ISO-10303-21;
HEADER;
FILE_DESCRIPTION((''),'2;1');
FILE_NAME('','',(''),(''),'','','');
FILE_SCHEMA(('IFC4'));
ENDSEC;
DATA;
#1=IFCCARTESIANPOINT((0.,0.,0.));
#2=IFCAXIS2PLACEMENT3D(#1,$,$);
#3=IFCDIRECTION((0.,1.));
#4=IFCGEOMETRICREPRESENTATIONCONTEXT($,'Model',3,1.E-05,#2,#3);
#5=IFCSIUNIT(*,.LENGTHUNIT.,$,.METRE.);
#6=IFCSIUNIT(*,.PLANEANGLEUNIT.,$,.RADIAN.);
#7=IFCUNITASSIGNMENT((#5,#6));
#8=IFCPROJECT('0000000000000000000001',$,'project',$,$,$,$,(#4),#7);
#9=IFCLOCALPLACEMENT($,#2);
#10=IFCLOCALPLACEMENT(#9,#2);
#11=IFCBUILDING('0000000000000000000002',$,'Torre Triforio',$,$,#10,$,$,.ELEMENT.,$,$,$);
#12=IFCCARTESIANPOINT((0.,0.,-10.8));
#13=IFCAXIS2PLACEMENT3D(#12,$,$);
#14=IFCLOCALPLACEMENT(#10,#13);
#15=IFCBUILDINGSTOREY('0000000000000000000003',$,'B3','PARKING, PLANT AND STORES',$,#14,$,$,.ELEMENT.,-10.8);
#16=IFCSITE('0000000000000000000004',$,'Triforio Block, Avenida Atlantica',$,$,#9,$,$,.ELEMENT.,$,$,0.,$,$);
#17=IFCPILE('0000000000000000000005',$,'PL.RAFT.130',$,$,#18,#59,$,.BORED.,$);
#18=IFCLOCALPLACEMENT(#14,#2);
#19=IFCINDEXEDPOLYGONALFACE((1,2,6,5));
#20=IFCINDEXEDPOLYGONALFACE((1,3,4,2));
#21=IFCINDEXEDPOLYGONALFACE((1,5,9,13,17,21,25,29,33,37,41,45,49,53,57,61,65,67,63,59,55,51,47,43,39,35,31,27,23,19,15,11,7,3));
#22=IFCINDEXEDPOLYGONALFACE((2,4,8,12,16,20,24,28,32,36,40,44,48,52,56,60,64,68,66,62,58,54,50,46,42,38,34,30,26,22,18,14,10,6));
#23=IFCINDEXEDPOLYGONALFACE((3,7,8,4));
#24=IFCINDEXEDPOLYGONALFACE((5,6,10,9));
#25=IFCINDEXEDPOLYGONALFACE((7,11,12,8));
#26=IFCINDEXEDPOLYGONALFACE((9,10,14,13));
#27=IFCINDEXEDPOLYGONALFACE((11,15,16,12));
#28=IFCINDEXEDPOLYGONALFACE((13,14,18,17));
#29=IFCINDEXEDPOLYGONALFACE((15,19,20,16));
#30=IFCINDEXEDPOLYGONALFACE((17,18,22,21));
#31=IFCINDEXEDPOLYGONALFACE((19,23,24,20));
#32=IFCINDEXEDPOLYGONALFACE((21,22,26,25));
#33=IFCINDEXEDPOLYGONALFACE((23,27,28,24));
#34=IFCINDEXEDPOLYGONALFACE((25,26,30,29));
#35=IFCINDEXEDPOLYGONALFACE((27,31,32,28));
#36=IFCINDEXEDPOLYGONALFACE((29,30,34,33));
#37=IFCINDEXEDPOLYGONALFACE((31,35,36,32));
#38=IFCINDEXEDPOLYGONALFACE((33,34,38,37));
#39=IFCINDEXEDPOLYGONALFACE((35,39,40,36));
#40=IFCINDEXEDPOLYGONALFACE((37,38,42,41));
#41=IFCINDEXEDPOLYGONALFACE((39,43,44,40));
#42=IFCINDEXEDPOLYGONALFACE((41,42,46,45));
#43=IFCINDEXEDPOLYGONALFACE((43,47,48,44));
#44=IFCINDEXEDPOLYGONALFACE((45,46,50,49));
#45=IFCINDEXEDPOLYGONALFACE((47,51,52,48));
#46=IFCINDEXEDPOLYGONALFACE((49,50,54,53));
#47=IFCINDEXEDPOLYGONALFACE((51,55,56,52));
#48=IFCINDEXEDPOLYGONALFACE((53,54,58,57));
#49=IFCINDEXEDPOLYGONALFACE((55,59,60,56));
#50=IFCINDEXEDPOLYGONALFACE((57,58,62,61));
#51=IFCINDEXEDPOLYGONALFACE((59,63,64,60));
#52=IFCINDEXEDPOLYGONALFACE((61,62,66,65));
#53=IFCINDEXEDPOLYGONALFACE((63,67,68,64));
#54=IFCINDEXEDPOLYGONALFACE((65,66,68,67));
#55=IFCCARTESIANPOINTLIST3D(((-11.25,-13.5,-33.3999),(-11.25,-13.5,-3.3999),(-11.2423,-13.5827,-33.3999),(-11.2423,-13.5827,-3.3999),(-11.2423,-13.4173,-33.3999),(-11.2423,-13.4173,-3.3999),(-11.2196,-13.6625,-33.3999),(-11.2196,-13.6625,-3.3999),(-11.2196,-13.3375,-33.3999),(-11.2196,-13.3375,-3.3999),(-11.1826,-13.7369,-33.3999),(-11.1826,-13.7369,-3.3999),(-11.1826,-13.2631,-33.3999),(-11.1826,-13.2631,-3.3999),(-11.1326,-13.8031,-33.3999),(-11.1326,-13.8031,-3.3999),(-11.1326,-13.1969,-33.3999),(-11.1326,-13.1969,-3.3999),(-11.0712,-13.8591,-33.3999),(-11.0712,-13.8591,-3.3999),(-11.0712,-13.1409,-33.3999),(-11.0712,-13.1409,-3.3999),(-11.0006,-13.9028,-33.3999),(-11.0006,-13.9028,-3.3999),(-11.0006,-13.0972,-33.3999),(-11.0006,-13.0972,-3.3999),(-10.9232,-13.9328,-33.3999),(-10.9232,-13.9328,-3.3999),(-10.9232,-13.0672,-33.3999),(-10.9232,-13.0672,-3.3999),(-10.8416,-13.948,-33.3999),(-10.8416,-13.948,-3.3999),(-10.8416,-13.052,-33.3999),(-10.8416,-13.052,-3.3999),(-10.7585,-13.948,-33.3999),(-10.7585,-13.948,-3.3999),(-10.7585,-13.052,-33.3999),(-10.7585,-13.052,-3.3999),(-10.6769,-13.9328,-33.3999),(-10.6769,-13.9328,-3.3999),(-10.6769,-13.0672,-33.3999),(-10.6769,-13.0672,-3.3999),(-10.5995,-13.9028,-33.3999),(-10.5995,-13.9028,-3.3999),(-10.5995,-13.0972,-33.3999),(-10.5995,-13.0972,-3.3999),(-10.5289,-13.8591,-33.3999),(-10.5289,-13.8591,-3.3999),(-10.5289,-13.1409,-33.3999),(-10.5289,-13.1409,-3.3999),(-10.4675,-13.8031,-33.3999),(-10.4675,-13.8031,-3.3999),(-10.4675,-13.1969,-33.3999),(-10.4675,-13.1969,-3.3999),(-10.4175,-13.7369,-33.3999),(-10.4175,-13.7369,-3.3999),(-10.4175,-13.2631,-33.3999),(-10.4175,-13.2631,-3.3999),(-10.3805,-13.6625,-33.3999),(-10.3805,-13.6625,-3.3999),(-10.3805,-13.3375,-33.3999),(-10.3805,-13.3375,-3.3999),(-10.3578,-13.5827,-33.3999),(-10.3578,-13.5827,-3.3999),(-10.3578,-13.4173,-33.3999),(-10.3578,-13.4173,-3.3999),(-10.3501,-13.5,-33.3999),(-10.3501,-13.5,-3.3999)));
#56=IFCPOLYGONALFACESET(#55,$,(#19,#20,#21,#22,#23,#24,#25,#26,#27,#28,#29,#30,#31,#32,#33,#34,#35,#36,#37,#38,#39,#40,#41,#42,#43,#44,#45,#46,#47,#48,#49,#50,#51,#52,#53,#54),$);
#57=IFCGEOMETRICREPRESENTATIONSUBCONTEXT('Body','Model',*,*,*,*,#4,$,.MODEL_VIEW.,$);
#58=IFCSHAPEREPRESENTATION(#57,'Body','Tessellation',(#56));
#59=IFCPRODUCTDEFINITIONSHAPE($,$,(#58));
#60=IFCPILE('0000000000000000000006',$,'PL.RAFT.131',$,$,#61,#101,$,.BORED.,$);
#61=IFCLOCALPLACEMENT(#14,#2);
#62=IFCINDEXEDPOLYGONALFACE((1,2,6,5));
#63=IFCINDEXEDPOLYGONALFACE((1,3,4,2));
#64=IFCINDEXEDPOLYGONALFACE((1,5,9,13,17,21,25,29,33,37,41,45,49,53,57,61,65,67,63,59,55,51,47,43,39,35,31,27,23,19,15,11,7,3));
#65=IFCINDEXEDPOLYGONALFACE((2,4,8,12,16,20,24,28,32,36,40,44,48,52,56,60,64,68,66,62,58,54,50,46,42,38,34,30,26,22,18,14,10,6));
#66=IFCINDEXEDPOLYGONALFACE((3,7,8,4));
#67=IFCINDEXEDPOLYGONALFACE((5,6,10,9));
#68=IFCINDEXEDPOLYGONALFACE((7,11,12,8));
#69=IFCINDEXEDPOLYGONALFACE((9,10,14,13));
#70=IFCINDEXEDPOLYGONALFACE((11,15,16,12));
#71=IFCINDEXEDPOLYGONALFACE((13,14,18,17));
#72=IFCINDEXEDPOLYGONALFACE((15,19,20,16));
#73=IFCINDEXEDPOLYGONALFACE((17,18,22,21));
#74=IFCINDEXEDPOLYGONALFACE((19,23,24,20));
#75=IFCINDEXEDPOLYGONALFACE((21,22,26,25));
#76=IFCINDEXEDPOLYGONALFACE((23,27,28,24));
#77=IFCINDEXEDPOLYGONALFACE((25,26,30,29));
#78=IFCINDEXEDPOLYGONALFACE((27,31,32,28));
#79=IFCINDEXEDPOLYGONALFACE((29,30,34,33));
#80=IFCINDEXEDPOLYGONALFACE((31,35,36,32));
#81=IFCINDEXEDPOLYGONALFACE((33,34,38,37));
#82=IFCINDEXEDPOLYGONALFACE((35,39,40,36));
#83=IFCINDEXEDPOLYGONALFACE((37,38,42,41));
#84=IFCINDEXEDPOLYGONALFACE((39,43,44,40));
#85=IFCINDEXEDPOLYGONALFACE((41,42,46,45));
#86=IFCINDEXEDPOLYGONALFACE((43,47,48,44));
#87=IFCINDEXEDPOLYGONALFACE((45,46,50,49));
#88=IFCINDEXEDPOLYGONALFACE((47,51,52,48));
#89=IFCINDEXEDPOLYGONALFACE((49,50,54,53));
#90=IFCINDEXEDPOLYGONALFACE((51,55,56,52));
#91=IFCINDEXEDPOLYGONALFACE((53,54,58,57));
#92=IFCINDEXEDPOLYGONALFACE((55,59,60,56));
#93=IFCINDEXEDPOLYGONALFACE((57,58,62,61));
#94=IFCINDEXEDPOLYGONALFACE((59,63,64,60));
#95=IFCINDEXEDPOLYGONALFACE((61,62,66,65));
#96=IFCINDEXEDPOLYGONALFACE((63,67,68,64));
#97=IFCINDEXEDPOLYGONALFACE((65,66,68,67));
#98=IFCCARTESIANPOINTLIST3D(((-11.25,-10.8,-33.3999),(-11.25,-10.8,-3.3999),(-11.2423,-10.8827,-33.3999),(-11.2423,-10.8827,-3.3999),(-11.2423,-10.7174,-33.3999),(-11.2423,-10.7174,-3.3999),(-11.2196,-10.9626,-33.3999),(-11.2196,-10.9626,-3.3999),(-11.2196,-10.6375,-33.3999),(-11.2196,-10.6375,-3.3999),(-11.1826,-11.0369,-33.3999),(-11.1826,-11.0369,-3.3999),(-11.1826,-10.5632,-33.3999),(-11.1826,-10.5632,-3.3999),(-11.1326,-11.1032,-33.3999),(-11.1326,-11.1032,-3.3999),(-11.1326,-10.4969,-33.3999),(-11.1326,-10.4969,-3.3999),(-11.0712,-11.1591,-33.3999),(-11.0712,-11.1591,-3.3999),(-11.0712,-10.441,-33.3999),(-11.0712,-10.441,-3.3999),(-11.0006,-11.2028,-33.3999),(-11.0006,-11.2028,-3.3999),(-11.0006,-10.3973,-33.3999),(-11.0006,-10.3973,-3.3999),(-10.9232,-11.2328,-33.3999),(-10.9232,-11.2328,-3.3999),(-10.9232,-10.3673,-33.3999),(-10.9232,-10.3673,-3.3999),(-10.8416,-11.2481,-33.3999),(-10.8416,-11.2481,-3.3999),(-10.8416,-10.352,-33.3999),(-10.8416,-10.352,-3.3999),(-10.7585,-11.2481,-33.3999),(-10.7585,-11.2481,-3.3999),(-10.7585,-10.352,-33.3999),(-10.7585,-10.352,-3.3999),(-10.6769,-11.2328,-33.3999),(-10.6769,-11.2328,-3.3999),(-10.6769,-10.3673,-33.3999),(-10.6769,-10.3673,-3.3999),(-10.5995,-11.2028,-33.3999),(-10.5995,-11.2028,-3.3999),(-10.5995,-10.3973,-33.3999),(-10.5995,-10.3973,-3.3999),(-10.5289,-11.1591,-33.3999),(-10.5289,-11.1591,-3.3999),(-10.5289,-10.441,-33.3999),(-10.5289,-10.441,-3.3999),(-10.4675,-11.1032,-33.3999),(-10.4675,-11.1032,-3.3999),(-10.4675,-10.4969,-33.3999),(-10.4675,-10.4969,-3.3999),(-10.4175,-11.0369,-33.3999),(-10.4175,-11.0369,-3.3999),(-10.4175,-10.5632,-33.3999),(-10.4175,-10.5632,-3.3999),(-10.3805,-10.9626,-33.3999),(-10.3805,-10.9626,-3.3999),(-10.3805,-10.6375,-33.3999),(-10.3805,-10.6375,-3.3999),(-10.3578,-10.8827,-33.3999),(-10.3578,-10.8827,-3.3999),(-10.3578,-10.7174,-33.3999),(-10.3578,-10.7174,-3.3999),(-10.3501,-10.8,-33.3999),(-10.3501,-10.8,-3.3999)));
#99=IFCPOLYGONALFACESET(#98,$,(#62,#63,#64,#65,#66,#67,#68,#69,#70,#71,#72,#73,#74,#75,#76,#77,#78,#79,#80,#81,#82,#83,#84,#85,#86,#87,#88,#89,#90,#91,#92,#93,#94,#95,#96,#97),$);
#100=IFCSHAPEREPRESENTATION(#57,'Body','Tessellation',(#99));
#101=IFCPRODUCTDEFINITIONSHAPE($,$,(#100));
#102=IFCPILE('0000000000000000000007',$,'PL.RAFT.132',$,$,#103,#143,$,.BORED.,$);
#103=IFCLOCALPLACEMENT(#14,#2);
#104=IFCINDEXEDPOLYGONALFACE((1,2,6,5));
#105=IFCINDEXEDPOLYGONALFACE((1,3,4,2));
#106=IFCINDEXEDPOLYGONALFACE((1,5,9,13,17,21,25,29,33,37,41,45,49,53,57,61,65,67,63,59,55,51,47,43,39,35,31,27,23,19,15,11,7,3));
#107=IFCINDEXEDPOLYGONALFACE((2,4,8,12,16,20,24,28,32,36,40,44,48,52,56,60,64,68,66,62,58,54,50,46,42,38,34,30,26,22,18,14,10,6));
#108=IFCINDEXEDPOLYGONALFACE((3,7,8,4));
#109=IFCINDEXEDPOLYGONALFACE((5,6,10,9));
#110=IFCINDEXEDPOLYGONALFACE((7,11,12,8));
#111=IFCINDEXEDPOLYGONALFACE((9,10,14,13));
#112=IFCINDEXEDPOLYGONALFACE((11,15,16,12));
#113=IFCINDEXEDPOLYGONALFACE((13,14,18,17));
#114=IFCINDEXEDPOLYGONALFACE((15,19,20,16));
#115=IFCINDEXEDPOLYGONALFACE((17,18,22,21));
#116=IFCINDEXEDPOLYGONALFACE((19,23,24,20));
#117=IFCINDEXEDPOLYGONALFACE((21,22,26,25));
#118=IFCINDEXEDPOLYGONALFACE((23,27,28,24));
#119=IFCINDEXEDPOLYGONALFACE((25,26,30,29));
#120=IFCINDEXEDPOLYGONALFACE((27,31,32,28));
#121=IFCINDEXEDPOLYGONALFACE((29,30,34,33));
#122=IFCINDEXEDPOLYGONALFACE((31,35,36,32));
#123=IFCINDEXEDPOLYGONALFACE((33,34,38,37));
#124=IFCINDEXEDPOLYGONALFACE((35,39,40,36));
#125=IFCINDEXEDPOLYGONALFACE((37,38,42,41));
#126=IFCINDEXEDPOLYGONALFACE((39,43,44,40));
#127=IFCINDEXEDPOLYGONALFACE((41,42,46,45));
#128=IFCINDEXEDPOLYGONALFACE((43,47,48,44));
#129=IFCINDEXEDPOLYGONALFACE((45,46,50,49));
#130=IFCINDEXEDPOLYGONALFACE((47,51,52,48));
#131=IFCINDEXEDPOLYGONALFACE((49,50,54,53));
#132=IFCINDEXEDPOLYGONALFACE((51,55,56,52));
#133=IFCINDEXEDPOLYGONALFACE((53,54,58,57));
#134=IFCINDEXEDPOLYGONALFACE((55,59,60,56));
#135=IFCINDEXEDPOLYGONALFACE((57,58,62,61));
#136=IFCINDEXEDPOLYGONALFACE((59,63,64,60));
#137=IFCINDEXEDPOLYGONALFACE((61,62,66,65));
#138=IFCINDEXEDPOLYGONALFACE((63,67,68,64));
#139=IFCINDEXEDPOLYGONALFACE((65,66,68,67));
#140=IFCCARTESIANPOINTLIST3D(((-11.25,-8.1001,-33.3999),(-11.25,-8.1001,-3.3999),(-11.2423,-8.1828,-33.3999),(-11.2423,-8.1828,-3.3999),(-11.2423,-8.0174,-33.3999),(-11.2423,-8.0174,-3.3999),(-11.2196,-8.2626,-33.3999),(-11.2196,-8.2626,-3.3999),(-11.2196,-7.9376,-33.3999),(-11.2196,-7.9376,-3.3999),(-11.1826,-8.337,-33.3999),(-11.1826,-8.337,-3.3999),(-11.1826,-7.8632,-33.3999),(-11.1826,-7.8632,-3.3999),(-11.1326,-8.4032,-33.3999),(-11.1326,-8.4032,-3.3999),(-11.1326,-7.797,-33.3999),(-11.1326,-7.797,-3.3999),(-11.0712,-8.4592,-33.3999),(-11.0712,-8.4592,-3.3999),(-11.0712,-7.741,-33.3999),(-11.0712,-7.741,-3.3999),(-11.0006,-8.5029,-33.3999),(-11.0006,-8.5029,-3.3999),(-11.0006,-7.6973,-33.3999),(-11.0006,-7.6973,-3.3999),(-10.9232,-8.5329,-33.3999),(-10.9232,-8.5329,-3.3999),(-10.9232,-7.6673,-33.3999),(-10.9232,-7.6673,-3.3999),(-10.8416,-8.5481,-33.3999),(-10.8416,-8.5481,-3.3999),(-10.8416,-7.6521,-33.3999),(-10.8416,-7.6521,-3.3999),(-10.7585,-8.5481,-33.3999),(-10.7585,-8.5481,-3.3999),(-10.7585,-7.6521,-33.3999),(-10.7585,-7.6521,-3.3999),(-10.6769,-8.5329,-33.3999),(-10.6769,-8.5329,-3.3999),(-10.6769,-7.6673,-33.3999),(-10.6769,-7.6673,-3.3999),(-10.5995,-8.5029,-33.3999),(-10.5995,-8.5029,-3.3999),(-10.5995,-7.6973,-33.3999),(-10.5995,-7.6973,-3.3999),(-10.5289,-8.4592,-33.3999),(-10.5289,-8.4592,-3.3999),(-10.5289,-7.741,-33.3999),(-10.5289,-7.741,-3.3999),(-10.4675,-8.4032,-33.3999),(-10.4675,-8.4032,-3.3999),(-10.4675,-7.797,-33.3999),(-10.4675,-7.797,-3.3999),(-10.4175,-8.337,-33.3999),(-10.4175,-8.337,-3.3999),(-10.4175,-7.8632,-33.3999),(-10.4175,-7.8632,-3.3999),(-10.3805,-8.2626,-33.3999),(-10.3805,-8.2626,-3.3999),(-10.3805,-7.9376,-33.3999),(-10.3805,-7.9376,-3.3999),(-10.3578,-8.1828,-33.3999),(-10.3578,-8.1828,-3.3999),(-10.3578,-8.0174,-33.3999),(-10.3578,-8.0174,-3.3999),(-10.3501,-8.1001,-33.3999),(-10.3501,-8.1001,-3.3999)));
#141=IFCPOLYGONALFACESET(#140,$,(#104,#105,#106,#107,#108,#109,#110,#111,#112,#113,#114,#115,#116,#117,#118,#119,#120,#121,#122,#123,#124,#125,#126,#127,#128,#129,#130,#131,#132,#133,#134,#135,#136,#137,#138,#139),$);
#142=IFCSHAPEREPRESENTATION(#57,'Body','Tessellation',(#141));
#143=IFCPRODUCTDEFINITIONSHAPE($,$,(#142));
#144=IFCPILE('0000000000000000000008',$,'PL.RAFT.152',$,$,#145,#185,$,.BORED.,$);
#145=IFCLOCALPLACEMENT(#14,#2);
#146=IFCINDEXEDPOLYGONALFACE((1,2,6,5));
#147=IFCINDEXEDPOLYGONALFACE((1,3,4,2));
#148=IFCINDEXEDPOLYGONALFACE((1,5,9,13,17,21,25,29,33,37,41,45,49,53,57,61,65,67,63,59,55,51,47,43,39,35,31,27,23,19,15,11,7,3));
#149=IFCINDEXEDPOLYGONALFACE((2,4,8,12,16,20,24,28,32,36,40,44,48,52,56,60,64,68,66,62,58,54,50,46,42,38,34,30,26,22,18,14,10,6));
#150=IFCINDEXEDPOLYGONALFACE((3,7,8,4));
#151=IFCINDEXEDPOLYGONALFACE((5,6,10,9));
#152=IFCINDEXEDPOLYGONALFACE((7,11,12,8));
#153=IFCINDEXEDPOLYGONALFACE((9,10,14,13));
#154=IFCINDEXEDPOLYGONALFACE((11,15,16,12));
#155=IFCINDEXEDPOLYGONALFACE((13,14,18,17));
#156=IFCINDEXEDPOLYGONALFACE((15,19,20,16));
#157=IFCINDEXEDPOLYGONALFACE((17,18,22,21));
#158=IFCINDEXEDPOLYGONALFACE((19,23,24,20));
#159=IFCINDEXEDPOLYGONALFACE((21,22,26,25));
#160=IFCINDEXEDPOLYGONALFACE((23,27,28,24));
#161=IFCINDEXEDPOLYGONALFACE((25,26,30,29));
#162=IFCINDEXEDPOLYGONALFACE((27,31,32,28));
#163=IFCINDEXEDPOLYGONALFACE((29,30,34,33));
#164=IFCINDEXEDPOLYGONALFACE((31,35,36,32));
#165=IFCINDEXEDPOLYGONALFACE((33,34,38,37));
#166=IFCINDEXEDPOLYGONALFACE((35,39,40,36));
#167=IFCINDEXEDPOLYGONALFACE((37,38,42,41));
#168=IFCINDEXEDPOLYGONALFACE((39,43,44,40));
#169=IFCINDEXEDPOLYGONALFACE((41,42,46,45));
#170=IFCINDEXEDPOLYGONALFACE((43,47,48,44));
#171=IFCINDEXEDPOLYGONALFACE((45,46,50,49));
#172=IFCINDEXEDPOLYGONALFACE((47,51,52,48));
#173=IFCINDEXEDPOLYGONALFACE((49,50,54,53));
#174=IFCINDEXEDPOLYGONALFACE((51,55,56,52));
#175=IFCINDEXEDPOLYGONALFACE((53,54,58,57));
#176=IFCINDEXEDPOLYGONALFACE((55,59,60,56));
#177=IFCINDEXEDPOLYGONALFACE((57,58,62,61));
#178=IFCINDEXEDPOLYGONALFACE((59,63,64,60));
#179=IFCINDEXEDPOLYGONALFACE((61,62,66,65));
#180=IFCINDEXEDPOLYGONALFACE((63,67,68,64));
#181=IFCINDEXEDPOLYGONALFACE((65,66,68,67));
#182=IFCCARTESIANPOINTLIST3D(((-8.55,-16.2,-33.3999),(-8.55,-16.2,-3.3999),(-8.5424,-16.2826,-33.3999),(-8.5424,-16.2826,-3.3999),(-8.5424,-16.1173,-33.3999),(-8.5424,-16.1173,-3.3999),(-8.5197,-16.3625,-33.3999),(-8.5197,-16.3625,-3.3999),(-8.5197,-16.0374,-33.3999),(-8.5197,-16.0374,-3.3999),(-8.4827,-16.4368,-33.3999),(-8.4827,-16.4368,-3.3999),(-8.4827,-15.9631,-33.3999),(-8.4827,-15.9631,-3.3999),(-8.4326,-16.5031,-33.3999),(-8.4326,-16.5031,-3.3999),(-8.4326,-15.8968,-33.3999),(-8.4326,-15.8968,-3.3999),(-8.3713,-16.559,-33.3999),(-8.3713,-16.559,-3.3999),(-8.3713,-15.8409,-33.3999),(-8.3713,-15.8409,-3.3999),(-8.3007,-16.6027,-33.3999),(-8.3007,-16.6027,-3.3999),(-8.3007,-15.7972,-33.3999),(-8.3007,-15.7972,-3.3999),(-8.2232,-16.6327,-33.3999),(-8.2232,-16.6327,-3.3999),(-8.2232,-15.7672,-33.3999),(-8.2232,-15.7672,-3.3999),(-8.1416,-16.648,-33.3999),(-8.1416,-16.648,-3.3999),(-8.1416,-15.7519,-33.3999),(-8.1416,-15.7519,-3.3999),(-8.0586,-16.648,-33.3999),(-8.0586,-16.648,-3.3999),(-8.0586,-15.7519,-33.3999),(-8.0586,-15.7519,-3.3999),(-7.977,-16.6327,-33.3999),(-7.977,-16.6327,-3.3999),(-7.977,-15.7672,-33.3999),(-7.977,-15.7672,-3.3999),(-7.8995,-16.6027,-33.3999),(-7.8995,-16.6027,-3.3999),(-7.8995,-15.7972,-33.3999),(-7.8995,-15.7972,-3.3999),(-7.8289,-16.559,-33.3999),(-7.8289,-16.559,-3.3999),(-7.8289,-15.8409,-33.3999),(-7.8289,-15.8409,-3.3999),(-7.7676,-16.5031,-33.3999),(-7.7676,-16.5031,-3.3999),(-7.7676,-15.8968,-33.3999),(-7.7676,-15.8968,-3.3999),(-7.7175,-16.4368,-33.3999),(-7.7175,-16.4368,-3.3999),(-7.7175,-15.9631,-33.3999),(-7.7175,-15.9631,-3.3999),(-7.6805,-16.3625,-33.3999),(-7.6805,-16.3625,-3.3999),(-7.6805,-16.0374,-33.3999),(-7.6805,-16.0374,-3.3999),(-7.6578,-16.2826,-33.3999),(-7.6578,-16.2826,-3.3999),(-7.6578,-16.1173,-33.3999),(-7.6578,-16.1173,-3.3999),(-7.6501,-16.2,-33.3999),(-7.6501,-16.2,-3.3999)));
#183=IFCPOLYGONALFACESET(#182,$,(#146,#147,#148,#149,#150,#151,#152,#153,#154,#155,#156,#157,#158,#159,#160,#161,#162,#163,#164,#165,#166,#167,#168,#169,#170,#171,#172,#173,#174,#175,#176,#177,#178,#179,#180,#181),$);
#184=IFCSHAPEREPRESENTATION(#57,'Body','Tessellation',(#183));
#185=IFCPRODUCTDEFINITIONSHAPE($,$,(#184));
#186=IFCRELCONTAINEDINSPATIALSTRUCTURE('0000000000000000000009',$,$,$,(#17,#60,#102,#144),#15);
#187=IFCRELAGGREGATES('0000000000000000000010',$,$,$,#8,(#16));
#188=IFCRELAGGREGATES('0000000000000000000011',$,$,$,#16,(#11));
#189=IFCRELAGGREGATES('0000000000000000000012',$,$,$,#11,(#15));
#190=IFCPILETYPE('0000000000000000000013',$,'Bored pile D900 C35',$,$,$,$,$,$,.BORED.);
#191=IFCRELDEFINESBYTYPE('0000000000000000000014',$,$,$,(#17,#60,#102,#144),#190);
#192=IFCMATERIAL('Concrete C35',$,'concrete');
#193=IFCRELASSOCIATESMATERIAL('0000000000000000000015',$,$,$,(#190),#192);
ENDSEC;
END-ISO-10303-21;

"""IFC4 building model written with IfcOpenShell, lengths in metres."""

from ifc_helpers import new_model, si_unit, direction, frame, origin, origin_2d, place, context, subcontext, project, spatial, circle, extrude, material, material_profile, profile_set, type_object, element, save


model = new_model("IFC4")

# Units and contexts
model_context = context("Model", 3, precision=1e-05, world=origin(), true_north=direction((0.0, 1.0)))
body_context = subcontext(model_context, "Body", "Model", "MODEL_VIEW")
ifc_project = project(units=[si_unit("LENGTHUNIT", "METRE"), si_unit("PLANEANGLEUNIT", "RADIAN")], contexts=[model_context])

# Site, building, storey
site_placement = place(None, origin())
site = spatial("IfcSite", under=ifc_project, at=site_placement, Name="Triforio Block, Avenida Atlantica", CompositionType="ELEMENT", RefElevation=0.0)
building_placement = place(site_placement, origin())
building = spatial("IfcBuilding", under=site, at=building_placement, Name="Torre Triforio", CompositionType="ELEMENT")
storey_placement = place(building_placement, frame((0.0, 0.0, -10.8)))
storey = spatial("IfcBuildingStorey", under=building, at=storey_placement, Name="B3", Description="PARKING, PLANT AND STORES", CompositionType="ELEMENT", Elevation=-10.8)

# Piles
ifc_material_1 = material(Name="Concrete C35", Category="concrete")
ifc_material_profile_1 = material_profile(ifc_material_1, circle(Radius=0.45, at=origin_2d()), Name="RC D900")
ifc_profile_set_1 = profile_set([ifc_material_profile_1], Name="Concrete C35")
pile_type = type_object("IfcPileType", Name="Bored pile D900 C35", PredefinedType="BORED", material=ifc_profile_set_1)
for number, where, z_axis, x_axis, name in (
    (1, (-10.8, -13.5, -3.3999), (0.0, 0.0, -1.0), (1.0, 0.0, 0.0), "PL.RAFT.130"),
    (2, (-10.8, -10.8, -3.3999), (0.0, 0.0, -1.0), (1.0, 0.0, 0.0), "PL.RAFT.131"),
    (3, (-10.8, -8.1001, -3.3999), (0.0, 0.0, -1.0), (1.0, 0.0, 0.0), "PL.RAFT.132"),
    (4, (-8.1001, -16.2, -3.3999), (0.0, 0.0, -1.0), (1.0, 0.0, 0.0), "PL.RAFT.152"),
):
    element("IfcPile", number, at=place(storey_placement, frame(where, z_axis=z_axis, x_axis=x_axis)), inside=storey, type_object=pile_type, Name=name, PredefinedType="BORED", context=body_context, shape_type="SweptSolid", body=[
        extrude(circle(Radius=0.45, at=origin_2d()), origin(), (0.0, 0.0, 1.0), 30.0),
    ])

save(model, "model.ifc")
